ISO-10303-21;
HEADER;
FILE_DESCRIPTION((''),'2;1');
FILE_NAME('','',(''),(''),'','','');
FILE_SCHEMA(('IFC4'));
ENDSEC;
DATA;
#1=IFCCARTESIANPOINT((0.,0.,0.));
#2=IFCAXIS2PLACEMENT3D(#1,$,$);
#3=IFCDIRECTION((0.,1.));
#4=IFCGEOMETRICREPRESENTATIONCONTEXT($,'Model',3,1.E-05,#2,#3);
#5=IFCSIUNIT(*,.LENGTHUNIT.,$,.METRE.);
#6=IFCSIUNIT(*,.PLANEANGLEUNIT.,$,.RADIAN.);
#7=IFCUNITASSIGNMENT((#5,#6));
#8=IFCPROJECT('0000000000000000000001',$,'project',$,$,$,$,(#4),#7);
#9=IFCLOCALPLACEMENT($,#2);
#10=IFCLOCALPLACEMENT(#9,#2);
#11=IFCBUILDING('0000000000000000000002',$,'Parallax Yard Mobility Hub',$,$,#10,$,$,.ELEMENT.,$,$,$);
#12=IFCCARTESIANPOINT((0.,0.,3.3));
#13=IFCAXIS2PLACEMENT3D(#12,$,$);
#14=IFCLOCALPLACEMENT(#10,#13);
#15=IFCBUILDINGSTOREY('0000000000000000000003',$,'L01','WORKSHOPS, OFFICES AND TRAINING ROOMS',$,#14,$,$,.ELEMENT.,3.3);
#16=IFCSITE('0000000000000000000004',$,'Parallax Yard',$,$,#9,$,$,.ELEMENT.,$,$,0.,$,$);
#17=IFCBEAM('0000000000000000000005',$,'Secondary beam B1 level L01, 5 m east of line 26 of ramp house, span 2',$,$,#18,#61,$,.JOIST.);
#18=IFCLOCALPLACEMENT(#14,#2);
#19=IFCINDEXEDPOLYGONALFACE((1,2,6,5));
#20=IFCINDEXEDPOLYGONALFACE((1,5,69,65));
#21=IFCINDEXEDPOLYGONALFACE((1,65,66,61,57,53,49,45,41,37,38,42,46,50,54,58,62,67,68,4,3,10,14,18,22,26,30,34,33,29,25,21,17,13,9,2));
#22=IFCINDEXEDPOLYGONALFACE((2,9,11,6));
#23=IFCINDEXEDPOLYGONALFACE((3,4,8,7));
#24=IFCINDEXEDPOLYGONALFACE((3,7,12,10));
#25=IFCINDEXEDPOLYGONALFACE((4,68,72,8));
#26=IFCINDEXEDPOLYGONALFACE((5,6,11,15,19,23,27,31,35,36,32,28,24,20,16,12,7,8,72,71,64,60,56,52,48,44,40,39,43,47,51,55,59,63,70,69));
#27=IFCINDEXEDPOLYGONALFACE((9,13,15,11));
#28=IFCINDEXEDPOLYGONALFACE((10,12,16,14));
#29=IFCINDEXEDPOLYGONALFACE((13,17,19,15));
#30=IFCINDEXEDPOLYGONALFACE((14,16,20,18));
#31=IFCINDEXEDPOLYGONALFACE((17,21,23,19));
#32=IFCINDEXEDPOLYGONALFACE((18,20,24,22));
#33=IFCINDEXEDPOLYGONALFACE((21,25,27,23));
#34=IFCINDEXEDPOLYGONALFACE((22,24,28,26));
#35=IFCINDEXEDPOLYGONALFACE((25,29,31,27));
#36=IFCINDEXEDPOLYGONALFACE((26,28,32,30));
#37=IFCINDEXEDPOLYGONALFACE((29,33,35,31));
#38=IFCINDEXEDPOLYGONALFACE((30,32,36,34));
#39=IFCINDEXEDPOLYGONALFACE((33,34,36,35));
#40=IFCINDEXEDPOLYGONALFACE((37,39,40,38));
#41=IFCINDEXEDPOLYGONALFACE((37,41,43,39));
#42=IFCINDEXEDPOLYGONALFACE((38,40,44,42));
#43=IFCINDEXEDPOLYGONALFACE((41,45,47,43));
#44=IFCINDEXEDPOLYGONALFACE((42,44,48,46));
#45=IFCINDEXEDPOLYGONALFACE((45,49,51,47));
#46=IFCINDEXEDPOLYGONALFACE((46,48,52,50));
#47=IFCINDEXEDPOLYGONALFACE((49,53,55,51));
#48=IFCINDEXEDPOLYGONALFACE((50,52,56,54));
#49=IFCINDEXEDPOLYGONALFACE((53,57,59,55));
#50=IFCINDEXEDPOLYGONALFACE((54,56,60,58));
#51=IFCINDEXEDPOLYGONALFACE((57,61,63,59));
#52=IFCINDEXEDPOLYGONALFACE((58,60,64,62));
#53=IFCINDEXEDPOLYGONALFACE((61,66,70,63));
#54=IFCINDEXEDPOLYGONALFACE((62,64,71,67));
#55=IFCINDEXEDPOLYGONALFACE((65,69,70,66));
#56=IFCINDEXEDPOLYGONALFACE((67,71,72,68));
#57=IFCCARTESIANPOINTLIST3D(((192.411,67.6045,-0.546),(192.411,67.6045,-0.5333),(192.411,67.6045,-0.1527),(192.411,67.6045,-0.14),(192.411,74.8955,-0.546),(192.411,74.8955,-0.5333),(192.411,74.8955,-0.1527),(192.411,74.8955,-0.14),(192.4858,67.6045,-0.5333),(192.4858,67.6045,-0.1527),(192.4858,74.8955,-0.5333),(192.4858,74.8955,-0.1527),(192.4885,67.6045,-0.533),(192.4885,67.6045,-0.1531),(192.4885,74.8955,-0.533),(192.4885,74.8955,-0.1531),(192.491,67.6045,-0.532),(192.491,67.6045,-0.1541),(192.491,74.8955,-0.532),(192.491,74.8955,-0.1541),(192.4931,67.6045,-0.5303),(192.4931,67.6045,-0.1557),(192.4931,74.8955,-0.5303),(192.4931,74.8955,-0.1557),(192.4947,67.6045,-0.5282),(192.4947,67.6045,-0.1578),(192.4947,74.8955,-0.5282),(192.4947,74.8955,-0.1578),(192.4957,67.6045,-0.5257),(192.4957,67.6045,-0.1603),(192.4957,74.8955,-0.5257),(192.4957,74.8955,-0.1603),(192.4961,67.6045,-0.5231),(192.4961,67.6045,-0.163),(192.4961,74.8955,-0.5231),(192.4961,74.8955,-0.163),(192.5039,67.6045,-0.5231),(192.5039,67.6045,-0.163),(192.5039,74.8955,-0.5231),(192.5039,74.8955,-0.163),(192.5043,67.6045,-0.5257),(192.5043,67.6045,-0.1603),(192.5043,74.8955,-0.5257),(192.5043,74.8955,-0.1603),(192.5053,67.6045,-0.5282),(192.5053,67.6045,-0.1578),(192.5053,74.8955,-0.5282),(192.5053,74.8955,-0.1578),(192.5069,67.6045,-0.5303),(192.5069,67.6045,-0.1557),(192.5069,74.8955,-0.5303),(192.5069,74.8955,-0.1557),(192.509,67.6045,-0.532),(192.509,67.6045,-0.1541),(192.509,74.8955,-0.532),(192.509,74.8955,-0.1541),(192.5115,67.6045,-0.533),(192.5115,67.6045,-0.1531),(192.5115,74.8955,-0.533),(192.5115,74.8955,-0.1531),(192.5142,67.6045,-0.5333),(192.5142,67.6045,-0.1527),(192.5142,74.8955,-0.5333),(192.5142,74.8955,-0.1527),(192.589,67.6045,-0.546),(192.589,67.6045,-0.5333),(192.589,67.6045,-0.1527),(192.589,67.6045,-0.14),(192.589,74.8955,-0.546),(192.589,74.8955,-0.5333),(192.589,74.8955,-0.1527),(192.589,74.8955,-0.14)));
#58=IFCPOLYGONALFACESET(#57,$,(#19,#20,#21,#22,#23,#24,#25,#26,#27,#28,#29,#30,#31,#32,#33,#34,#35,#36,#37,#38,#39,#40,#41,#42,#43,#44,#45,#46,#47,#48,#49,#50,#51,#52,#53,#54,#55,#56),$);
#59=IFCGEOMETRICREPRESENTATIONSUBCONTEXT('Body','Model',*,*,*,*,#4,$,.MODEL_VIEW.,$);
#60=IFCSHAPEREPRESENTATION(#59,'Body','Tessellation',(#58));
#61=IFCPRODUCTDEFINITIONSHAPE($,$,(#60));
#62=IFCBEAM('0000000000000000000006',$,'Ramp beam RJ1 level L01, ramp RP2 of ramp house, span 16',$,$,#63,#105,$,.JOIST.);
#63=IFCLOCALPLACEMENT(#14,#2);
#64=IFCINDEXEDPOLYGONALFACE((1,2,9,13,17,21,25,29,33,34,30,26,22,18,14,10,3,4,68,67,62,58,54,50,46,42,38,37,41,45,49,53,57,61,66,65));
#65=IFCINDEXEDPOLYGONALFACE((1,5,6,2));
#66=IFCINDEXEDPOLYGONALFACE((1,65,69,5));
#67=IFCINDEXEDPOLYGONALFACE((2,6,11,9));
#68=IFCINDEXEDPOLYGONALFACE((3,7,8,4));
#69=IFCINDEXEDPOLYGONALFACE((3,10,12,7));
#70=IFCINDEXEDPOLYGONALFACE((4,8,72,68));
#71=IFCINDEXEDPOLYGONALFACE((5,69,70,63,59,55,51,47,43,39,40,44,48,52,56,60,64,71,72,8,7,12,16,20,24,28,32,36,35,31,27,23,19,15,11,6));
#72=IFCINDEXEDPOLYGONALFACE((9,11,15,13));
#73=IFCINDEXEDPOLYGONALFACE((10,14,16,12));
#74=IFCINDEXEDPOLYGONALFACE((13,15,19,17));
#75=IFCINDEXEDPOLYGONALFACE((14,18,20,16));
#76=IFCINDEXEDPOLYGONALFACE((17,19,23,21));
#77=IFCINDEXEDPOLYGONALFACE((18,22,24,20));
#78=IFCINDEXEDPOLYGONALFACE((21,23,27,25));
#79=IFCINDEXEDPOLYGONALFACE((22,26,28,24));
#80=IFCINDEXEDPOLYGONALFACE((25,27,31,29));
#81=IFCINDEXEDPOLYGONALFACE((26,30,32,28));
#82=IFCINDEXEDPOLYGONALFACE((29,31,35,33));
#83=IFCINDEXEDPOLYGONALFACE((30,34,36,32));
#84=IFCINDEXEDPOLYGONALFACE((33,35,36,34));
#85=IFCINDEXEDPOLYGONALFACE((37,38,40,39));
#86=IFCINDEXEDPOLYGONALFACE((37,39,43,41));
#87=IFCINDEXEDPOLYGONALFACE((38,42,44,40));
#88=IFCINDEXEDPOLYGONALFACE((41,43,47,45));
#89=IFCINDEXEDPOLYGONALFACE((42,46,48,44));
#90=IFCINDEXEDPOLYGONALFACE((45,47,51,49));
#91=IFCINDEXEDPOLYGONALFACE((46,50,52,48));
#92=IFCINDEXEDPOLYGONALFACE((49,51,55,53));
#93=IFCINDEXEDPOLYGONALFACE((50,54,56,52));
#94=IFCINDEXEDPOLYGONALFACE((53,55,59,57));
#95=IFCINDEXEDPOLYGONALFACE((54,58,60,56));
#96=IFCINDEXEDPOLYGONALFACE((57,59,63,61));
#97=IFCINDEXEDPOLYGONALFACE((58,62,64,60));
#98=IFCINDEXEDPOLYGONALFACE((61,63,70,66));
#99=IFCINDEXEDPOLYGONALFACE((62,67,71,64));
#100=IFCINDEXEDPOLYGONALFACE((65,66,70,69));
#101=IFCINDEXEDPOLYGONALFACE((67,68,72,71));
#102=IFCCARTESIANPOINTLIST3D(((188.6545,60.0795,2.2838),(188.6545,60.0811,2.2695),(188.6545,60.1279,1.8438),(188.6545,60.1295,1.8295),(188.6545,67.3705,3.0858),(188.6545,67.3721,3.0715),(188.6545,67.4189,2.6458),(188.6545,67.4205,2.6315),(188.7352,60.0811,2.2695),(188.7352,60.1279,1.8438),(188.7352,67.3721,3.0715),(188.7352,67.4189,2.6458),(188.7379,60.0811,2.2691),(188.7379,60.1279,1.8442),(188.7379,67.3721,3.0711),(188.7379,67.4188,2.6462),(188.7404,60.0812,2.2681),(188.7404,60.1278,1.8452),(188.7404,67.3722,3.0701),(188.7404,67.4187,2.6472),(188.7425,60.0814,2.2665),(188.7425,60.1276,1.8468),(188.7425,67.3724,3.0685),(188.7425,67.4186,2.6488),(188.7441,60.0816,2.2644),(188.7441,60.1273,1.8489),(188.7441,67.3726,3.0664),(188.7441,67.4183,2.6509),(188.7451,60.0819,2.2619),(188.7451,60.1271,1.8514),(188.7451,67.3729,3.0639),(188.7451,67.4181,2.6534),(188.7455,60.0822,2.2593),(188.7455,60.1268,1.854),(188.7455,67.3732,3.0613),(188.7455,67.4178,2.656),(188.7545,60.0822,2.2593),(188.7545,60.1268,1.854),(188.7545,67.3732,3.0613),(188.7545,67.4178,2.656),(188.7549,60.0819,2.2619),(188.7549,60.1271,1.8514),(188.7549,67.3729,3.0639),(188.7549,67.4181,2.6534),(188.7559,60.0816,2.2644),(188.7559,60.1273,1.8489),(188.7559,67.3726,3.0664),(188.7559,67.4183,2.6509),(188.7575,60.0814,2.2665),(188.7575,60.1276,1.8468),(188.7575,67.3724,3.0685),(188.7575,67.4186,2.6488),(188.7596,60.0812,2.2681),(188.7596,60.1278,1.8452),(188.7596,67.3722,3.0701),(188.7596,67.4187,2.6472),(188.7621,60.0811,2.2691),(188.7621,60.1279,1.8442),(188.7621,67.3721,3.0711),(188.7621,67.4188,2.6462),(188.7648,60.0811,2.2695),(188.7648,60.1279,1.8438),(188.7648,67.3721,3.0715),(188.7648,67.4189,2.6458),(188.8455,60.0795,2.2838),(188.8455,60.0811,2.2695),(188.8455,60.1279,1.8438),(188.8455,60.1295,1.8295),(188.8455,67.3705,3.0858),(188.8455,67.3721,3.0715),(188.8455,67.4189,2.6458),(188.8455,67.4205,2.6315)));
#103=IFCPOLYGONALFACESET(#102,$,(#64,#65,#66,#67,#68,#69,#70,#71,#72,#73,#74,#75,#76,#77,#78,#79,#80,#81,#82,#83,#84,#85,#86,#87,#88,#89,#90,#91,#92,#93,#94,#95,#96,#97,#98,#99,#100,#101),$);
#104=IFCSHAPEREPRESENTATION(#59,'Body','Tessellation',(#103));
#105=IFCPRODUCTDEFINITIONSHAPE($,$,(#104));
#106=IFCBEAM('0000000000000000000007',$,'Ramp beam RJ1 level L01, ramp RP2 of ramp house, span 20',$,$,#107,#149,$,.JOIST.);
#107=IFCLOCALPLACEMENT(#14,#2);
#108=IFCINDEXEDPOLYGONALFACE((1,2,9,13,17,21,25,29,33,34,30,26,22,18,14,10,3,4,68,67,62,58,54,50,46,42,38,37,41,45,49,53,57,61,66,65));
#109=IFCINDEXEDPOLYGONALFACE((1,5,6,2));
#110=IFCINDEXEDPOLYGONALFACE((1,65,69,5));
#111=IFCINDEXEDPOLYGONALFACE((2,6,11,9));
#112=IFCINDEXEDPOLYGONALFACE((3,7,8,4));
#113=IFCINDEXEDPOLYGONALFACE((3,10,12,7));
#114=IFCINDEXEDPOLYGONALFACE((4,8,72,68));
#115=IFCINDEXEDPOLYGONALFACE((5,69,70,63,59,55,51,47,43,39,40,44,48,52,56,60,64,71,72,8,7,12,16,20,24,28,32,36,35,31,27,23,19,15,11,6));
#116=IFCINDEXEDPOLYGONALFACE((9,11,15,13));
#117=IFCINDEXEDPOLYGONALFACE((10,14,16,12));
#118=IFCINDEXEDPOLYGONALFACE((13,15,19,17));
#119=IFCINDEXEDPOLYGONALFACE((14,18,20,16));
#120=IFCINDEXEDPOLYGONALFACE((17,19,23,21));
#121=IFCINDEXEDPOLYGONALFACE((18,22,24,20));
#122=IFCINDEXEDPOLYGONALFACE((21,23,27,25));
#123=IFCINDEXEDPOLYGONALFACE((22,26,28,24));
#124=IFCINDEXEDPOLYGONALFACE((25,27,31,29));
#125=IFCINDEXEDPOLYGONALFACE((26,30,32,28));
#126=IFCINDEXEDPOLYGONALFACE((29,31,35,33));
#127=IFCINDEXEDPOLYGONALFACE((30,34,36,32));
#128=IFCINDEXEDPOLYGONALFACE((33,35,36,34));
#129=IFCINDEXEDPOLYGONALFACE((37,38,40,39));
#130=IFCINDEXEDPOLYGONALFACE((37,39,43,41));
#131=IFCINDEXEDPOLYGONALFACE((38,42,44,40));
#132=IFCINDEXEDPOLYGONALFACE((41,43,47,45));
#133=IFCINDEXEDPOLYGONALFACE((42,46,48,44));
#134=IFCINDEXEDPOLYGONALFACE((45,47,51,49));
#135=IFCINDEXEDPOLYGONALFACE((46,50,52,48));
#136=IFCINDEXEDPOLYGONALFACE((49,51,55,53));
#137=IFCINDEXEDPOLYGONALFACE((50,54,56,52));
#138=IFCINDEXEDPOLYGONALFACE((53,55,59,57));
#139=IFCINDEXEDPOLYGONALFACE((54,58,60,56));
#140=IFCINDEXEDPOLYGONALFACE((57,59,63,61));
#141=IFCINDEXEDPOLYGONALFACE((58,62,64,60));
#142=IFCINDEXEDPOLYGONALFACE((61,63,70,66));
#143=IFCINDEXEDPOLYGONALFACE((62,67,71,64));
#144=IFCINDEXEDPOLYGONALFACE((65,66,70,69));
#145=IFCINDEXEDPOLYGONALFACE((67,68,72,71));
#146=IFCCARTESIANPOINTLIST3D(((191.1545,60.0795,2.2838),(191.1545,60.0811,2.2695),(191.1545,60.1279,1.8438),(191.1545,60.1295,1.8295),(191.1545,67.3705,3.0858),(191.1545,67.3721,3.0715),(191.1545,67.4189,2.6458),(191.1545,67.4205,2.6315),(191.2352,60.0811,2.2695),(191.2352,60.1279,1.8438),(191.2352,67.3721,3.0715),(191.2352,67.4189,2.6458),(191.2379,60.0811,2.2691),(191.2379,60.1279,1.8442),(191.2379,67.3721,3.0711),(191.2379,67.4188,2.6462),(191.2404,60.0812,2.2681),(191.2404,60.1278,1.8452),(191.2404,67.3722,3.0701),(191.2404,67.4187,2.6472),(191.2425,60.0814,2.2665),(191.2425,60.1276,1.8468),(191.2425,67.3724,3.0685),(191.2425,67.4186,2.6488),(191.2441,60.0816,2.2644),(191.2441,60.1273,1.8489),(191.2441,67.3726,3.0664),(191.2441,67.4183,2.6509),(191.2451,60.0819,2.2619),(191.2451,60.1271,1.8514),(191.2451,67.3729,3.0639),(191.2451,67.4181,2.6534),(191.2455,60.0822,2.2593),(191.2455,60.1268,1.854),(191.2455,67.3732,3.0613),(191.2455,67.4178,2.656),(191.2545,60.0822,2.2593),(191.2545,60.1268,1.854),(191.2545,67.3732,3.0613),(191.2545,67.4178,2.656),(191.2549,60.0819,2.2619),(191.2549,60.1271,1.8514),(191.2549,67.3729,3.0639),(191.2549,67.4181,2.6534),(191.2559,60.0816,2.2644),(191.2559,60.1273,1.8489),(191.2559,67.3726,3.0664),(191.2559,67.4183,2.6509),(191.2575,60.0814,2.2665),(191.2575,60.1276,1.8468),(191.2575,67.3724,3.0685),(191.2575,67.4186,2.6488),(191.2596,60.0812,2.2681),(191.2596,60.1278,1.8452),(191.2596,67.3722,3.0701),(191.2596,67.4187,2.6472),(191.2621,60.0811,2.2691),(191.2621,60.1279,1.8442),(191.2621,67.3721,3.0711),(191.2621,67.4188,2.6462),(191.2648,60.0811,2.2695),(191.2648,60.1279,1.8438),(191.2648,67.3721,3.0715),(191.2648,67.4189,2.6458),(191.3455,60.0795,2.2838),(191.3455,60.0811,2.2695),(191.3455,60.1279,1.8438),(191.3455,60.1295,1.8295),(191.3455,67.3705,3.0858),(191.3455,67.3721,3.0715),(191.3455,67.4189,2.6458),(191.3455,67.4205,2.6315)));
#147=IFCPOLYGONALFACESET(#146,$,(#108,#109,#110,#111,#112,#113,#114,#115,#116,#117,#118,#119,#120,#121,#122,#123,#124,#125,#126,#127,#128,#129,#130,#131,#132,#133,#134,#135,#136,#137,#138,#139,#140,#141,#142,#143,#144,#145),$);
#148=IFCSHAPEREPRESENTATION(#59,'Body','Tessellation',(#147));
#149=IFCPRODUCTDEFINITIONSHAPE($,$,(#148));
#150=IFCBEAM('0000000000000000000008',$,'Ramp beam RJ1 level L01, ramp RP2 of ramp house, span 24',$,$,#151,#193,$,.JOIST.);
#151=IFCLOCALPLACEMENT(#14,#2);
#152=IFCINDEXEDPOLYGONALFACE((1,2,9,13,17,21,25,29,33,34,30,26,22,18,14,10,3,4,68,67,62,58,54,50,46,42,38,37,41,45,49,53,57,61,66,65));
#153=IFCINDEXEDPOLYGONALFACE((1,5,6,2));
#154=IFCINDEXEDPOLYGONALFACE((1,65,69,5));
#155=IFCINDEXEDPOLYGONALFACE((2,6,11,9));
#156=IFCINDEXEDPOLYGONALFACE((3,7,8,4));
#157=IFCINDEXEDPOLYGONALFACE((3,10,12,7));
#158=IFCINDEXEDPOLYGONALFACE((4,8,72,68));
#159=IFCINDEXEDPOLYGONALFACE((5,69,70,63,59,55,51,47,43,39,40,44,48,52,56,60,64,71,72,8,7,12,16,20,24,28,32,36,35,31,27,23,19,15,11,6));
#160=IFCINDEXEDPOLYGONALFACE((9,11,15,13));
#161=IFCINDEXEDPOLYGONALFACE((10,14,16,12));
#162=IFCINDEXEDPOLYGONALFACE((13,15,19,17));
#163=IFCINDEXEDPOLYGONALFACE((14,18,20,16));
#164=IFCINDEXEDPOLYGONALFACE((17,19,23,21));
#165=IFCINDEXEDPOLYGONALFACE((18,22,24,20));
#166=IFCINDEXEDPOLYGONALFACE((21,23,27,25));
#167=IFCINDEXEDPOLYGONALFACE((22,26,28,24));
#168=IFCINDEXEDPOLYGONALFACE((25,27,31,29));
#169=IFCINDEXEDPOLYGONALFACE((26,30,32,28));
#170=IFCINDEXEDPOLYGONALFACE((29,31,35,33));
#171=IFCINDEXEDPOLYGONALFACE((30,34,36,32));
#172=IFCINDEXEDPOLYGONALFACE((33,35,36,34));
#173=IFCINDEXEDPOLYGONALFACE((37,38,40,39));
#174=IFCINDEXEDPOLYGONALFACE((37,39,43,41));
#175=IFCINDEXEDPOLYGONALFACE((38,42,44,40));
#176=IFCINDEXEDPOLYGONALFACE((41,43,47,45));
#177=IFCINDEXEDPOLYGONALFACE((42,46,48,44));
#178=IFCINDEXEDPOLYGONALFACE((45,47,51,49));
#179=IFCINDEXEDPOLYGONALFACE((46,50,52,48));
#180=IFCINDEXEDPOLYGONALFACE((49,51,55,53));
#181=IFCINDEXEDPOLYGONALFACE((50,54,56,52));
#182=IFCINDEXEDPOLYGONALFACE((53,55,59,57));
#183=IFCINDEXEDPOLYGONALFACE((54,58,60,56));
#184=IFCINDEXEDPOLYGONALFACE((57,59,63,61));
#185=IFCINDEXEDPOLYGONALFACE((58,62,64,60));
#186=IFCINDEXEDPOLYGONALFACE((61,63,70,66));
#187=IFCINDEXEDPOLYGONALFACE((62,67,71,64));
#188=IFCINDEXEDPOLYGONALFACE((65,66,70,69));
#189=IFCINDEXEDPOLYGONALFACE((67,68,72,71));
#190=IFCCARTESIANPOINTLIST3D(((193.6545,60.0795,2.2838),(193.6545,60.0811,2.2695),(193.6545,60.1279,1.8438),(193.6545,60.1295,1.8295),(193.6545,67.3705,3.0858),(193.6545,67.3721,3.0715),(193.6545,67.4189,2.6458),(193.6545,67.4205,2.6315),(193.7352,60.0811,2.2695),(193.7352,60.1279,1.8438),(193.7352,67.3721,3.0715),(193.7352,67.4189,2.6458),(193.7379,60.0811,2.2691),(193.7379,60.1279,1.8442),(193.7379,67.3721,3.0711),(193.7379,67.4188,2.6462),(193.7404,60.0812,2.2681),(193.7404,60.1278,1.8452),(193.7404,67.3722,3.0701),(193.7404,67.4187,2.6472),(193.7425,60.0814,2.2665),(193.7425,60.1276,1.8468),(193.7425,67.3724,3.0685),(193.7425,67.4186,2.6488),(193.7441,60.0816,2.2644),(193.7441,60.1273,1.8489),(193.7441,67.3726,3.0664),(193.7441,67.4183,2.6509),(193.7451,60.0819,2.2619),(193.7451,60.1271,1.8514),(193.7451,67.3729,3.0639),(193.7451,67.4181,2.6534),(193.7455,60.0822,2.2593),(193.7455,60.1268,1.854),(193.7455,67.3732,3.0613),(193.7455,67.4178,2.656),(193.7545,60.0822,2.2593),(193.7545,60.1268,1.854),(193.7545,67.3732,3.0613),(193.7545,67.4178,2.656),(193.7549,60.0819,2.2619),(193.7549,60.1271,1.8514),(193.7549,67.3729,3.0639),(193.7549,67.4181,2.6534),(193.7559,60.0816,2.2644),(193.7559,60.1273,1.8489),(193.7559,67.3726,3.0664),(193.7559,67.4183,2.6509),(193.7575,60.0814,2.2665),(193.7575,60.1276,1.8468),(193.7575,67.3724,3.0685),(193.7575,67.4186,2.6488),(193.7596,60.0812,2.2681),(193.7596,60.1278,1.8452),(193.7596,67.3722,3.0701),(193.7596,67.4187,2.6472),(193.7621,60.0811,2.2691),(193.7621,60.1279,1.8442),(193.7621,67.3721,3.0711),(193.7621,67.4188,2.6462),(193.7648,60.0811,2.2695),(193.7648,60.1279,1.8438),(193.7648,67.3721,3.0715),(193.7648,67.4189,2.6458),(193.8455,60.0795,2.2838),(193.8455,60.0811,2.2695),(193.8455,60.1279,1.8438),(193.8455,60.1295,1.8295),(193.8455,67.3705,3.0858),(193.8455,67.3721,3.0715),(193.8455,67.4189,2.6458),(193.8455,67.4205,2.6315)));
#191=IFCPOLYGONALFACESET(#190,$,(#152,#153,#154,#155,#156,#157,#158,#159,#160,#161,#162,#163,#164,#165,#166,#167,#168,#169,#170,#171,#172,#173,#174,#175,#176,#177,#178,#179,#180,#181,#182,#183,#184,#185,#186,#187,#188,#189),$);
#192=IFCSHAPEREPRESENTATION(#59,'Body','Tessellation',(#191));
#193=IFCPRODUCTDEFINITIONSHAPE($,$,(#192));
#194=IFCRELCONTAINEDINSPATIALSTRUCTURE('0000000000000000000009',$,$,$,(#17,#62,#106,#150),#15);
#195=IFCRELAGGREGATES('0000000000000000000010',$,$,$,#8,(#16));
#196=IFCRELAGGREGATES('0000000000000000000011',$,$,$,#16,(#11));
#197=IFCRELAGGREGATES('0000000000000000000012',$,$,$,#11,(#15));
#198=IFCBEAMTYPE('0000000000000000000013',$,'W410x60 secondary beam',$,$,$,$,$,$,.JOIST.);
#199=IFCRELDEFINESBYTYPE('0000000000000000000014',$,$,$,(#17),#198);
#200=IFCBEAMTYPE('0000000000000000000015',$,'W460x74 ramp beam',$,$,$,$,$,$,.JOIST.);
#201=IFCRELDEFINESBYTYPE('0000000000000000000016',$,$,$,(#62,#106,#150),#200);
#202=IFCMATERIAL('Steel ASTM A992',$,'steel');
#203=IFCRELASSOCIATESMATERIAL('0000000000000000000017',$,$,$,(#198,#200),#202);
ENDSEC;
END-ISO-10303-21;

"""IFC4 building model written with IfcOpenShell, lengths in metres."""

from ifc_helpers import new_model, si_unit, direction, frame, origin, origin_2d, place, context, subcontext, project, spatial, i_section, extrude, material, material_profile, profile_set, type_object, element, save


model = new_model("IFC4")

# Units and contexts
model_context = context("Model", 3, precision=1e-05, world=origin(), true_north=direction((0.0, 1.0)))
body_context = subcontext(model_context, "Body", "Model", "MODEL_VIEW")
ifc_project = project(units=[si_unit("LENGTHUNIT", "METRE"), si_unit("PLANEANGLEUNIT", "RADIAN")], contexts=[model_context])

# Site, building, storey
site_placement = place(None, origin())
site = spatial("IfcSite", under=ifc_project, at=site_placement, Name="Parallax Yard", CompositionType="ELEMENT", RefElevation=0.0)
building_placement = place(site_placement, origin())
building = spatial("IfcBuilding", under=site, at=building_placement, Name="Parallax Yard Mobility Hub", CompositionType="ELEMENT")
storey_placement = place(building_placement, frame((0.0, 0.0, 3.3)))
storey = spatial("IfcBuildingStorey", under=building, at=storey_placement, Name="L01", Description="WORKSHOPS, OFFICES AND TRAINING ROOMS", CompositionType="ELEMENT", Elevation=3.3)

# Shared definitions
ifc_material_1 = material(Name="Steel ASTM A992", Category="steel")

# Beams
ifc_material_profile_1 = material_profile(ifc_material_1, i_section(OverallWidth=0.178, OverallDepth=0.406, WebThickness=0.0078, FlangeThickness=0.0127, FilletRadius=0.0103, at=origin_2d()), Name="W410x60")
ifc_profile_set_1 = profile_set([ifc_material_profile_1], Name="Steel ASTM A992")
beam_type_1 = type_object("IfcBeamType", Name="W410x60 secondary beam", PredefinedType="JOIST", material=ifc_profile_set_1)
for number, where, z_axis, x_axis, name in (
    (1, (192.5, 67.6045, -0.343), (0.0, 1.0, 0.0), (-1.0, 0.0, 0.0), "Secondary beam B1 level L01, 5 m east of line 26 of ramp house, span 2"),
):
    element("IfcBeam", number, at=place(storey_placement, frame(where, z_axis=z_axis, x_axis=x_axis)), inside=storey, type_object=beam_type_1, Name=name, PredefinedType="JOIST", context=body_context, shape_type="SweptSolid", body=[
        extrude(i_section(OverallWidth=0.178, OverallDepth=0.406, WebThickness=0.0078, FlangeThickness=0.0127, FilletRadius=0.0103, at=origin_2d()), origin(), (0.0, 0.0, 1.0), 7.291),
    ])
ifc_material_profile_2 = material_profile(ifc_material_1, i_section(OverallWidth=0.1909, OverallDepth=0.457, WebThickness=0.009, FlangeThickness=0.0144, FilletRadius=0.0103, at=origin_2d()), Name="W460x74")
ifc_profile_set_2 = profile_set([ifc_material_profile_2], Name="Steel ASTM A992")
beam_type_2 = type_object("IfcBeamType", Name="W460x74 ramp beam", PredefinedType="JOIST", material=ifc_profile_set_2)
for number, where, z_axis, x_axis, name in (
    (2, (188.75, 60.1045, 2.0566), (0.0, 0.994005, 0.109339), (-1.0, 0.0, 0.0), "Ramp beam RJ1 level L01, ramp RP2 of ramp house, span 16"),
    (3, (191.25, 60.1045, 2.0566), (0.0, 0.994005, 0.109339), (-1.0, 0.0, 0.0), "Ramp beam RJ1 level L01, ramp RP2 of ramp house, span 20"),
    (4, (193.75, 60.1045, 2.0566), (0.0, 0.994005, 0.109339), (-1.0, 0.0, 0.0), "Ramp beam RJ1 level L01, ramp RP2 of ramp house, span 24"),
):
    element("IfcBeam", number, at=place(storey_placement, frame(where, z_axis=z_axis, x_axis=x_axis)), inside=storey, type_object=beam_type_2, Name=name, PredefinedType="JOIST", context=body_context, shape_type="SweptSolid", body=[
        extrude(i_section(OverallWidth=0.1909, OverallDepth=0.457, WebThickness=0.009, FlangeThickness=0.0144, FilletRadius=0.0103, at=origin_2d()), origin(), (0.0, 0.0, 1.0), 7.335),
    ])

save(model, "model.ifc")
